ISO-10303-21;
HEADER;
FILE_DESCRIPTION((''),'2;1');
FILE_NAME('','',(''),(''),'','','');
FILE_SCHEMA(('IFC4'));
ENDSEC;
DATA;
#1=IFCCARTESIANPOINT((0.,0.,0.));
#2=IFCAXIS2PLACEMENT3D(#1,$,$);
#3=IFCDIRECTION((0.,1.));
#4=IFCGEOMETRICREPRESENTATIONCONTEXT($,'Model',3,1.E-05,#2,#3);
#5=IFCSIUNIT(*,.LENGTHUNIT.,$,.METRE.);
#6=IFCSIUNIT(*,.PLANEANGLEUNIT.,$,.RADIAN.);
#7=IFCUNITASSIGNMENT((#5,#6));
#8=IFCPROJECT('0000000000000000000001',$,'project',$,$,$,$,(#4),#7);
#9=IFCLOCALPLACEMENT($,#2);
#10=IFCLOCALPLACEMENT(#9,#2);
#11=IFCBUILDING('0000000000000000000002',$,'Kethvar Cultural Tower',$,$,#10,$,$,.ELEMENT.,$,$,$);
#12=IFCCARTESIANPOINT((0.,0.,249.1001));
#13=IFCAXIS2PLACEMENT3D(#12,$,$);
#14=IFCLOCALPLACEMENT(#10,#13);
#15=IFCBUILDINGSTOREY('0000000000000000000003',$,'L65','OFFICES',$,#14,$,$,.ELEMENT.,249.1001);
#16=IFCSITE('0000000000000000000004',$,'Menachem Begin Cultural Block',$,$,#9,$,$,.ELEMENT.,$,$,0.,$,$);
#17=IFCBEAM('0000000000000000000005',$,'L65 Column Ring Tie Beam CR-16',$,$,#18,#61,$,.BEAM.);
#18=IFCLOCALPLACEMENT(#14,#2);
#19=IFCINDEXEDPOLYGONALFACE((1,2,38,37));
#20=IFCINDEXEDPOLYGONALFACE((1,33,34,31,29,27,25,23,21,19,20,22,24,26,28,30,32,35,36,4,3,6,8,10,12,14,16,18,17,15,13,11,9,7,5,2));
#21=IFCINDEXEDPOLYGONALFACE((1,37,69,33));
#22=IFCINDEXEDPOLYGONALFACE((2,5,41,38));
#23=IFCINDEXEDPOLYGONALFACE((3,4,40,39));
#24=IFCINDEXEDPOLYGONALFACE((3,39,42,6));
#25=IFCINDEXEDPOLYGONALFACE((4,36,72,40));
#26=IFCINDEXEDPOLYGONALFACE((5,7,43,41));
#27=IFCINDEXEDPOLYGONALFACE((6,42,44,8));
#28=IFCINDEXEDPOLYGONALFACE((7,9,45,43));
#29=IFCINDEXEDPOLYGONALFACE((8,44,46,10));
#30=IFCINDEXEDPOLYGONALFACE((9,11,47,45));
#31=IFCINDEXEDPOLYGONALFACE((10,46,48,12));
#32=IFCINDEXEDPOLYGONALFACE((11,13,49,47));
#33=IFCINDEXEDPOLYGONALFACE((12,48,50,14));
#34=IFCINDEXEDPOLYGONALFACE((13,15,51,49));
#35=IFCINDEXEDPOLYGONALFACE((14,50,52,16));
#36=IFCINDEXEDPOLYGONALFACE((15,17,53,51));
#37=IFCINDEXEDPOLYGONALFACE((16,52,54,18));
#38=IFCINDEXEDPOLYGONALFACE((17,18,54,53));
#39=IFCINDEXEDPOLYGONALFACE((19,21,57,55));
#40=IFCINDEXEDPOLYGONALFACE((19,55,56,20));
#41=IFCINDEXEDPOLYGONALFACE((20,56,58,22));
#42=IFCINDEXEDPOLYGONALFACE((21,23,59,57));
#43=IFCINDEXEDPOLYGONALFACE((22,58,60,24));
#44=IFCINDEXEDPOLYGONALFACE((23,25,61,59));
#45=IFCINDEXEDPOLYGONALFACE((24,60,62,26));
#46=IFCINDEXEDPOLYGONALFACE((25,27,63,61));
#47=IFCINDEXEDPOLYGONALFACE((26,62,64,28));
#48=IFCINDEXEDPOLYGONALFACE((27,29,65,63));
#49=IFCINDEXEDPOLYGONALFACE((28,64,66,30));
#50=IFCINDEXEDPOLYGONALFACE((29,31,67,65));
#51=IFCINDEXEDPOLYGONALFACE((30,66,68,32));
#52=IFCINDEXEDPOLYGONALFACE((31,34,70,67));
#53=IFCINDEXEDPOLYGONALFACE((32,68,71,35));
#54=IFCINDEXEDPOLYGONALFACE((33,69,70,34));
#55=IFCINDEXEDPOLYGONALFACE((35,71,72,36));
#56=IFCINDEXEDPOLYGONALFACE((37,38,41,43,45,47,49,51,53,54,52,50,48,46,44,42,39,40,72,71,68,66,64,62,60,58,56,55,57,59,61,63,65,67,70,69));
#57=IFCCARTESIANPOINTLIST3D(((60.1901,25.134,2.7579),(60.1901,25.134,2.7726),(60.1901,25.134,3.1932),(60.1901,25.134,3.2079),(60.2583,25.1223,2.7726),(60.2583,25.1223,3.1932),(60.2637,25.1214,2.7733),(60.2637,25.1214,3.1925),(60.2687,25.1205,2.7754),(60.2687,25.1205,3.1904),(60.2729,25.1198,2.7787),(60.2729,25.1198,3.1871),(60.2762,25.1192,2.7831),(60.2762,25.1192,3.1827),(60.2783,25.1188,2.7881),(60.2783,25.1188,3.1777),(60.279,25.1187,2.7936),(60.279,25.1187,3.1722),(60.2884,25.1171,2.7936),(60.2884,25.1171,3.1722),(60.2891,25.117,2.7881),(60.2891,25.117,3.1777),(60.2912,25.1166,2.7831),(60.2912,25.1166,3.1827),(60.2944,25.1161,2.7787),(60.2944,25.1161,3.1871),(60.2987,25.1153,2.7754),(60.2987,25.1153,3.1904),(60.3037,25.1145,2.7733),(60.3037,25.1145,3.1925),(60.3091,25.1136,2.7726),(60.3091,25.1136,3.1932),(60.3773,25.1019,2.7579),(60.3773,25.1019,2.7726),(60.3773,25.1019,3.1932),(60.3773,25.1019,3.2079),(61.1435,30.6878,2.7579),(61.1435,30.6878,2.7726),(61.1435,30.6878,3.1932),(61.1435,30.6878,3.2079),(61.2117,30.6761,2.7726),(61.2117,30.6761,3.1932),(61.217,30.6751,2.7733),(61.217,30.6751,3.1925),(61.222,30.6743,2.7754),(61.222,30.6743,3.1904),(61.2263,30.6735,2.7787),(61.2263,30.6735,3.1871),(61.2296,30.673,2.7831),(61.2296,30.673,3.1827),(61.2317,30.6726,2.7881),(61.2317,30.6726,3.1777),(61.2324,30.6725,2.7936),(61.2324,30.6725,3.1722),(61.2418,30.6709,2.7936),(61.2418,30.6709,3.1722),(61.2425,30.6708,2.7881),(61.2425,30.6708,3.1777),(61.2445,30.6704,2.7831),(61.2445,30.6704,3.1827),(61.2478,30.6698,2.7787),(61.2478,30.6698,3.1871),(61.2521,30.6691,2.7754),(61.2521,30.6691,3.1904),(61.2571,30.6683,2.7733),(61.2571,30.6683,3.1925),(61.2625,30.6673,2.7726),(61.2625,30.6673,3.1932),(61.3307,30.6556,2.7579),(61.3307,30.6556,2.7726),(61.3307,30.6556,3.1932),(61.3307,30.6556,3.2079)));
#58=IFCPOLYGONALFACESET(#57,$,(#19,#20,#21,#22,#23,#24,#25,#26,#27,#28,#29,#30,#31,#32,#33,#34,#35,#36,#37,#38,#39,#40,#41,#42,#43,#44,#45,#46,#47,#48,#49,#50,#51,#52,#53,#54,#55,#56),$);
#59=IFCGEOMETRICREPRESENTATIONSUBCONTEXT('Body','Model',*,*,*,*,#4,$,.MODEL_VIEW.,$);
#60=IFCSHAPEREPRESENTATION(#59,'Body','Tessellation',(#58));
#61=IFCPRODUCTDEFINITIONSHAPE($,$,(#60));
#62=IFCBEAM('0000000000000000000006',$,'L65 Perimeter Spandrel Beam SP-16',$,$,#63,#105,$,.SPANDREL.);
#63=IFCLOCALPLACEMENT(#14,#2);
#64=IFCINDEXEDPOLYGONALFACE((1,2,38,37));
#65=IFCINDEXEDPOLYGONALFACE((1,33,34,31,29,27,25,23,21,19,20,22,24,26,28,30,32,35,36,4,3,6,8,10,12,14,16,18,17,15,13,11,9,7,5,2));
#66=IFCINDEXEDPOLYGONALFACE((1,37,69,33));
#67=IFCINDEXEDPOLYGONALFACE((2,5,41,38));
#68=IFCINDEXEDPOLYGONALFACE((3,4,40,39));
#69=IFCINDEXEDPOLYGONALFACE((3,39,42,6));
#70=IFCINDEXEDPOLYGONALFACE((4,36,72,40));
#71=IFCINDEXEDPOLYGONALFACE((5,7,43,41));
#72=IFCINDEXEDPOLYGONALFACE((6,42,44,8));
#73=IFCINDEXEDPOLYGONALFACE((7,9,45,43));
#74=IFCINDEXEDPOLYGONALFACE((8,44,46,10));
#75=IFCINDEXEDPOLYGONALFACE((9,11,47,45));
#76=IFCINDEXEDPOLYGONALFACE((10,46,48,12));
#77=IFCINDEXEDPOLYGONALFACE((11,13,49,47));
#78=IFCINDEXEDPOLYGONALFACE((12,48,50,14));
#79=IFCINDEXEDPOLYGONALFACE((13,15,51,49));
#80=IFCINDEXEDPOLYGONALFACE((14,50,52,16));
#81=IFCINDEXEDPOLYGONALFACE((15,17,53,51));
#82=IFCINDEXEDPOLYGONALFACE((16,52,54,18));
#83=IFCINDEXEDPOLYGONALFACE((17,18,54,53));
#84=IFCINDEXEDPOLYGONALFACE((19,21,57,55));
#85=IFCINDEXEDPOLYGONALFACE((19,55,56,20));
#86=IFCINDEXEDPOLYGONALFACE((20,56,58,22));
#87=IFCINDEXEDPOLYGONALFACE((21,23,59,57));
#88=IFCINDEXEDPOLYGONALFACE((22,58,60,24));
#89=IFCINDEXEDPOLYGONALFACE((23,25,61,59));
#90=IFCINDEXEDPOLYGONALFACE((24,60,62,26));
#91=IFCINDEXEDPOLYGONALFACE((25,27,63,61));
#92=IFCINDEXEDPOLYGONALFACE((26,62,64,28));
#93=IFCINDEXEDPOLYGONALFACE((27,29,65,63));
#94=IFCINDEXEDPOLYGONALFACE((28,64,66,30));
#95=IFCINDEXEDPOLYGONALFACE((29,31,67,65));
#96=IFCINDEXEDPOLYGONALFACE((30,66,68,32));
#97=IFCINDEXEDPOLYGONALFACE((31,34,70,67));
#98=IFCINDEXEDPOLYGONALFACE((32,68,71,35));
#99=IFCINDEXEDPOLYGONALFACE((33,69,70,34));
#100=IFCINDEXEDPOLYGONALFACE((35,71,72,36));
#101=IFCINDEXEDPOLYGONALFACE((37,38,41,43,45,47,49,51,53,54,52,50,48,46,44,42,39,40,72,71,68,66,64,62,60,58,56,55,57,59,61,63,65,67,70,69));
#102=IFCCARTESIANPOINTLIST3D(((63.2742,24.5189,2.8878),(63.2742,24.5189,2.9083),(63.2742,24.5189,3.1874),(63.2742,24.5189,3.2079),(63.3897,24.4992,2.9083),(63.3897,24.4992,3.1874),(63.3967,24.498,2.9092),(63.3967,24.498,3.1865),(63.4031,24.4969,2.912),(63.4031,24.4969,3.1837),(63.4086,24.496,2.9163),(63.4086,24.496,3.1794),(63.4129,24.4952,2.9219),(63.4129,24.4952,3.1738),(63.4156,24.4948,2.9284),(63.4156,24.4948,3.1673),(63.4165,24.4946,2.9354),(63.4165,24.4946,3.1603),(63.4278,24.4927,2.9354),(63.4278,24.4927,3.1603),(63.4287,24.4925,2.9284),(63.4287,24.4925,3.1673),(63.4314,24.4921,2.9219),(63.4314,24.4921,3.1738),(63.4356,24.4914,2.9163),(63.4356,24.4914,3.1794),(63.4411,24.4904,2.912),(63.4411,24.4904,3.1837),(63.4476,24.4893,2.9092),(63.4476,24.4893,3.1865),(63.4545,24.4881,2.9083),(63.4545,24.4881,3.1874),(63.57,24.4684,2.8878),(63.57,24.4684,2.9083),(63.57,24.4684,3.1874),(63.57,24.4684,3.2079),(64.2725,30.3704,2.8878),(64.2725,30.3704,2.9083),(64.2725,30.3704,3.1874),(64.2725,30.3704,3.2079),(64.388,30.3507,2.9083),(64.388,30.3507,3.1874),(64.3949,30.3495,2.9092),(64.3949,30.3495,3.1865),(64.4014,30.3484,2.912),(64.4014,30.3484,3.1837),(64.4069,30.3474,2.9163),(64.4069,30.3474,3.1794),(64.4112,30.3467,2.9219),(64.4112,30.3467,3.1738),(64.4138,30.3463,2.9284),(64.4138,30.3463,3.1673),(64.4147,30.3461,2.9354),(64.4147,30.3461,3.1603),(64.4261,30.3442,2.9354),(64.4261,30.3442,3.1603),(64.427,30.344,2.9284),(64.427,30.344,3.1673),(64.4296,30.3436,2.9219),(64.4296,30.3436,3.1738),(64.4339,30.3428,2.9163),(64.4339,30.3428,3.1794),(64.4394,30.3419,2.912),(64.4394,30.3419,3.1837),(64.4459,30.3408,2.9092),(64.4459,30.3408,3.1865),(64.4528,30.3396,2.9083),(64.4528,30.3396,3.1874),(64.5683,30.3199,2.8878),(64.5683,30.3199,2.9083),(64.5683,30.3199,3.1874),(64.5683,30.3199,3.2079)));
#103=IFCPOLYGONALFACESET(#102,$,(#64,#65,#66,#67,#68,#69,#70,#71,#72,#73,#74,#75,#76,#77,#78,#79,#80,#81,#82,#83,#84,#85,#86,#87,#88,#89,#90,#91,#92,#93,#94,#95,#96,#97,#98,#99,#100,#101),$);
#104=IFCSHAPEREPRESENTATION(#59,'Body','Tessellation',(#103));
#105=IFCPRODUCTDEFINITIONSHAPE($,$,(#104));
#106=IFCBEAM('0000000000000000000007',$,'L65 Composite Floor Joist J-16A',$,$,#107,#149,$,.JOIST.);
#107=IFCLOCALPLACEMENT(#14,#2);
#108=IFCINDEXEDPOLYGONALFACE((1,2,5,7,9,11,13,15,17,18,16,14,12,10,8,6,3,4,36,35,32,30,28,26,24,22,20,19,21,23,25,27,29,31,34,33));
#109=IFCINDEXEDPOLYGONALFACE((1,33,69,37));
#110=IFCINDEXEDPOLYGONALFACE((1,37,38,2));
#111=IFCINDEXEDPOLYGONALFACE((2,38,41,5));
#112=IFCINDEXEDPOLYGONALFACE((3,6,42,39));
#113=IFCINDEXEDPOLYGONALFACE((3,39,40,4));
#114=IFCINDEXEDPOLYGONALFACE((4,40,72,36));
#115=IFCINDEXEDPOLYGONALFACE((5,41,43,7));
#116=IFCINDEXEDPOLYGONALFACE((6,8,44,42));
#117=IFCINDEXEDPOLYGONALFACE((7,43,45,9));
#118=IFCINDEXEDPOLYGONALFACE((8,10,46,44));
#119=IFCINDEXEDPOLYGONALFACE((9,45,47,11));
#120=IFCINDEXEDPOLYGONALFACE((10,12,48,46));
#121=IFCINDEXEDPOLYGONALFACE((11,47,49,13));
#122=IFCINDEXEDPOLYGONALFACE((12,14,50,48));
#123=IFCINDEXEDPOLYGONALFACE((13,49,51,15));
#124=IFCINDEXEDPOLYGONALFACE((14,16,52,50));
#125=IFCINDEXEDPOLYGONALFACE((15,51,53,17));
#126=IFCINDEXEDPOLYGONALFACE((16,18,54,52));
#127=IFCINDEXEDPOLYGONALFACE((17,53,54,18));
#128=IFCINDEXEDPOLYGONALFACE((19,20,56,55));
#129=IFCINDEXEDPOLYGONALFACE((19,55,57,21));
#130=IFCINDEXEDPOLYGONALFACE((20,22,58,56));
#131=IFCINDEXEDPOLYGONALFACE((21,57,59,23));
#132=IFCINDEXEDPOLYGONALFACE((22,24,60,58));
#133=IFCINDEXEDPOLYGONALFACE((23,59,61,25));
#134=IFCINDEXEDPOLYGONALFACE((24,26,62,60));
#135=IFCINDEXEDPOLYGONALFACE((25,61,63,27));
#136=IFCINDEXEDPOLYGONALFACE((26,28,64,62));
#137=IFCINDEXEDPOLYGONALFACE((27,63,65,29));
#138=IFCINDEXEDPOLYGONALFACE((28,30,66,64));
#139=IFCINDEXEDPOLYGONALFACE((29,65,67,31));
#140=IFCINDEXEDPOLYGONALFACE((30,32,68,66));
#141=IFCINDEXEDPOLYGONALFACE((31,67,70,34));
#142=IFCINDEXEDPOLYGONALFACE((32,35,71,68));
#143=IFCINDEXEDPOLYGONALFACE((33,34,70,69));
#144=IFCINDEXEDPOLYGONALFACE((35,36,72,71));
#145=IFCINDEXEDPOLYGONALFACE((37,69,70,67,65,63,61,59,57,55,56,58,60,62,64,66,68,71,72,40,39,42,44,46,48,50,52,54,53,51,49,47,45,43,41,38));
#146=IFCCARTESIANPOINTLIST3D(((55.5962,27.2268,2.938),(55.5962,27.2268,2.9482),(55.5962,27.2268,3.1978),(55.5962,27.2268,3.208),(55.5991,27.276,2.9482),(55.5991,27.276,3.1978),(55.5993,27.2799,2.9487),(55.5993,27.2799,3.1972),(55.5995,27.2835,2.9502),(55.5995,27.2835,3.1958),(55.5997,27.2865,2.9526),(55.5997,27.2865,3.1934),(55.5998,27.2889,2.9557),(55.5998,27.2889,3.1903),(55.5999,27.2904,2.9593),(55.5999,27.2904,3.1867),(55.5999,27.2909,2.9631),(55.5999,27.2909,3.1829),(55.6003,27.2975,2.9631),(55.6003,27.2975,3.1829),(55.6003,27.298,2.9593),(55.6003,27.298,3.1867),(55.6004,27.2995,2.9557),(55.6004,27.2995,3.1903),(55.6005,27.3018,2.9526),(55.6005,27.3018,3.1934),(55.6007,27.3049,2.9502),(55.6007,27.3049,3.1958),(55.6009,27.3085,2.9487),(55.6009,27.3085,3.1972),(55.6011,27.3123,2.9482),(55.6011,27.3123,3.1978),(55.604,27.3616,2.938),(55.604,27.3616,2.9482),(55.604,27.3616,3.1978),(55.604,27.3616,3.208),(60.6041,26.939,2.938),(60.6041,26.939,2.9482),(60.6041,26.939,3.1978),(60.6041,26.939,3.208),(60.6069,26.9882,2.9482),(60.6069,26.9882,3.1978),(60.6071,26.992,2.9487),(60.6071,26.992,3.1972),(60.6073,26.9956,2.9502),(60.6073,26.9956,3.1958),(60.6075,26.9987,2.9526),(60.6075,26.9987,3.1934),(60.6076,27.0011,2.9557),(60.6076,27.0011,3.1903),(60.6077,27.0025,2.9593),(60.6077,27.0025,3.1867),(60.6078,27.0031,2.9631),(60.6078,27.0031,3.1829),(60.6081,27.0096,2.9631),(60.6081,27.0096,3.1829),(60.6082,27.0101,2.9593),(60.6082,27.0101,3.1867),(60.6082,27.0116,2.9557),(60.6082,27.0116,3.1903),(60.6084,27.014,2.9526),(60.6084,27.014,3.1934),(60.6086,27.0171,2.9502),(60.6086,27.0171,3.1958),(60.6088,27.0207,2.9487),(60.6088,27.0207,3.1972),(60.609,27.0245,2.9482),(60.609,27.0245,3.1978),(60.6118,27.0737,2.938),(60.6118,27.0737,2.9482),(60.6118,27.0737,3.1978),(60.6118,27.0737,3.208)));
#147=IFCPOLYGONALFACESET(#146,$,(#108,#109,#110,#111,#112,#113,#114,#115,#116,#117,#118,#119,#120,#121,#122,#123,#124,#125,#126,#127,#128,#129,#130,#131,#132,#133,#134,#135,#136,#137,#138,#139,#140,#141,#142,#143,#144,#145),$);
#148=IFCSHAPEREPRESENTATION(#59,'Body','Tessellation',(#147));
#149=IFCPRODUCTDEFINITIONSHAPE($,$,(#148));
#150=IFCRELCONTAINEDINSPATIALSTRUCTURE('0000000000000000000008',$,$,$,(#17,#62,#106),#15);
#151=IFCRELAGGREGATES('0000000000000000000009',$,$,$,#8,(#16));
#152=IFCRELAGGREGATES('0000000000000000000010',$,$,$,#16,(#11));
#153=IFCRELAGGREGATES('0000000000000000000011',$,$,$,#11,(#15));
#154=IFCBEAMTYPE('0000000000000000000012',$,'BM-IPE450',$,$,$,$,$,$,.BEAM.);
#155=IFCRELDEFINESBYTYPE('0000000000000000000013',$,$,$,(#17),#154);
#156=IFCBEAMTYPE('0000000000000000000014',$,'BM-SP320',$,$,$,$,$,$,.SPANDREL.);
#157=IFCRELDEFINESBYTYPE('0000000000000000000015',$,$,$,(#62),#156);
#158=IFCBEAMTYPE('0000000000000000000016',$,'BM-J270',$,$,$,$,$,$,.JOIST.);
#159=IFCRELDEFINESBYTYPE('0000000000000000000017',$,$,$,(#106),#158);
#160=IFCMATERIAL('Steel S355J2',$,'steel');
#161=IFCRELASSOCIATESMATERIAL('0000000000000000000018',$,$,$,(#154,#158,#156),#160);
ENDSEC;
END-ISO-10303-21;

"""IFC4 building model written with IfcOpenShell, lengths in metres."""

from ifc_helpers import new_model, si_unit, direction, frame, origin, origin_2d, place, context, subcontext, project, spatial, i_section, extrude, source, transform, mapped, material, material_profile, profile_set, type_object, element, save


model = new_model("IFC4")

# Units and contexts
model_context = context("Model", 3, precision=1e-05, world=origin(), true_north=direction((0.0, 1.0)))
body_context = subcontext(model_context, "Body", "Model", "MODEL_VIEW")
ifc_project = project(units=[si_unit("LENGTHUNIT", "METRE"), si_unit("PLANEANGLEUNIT", "RADIAN")], contexts=[model_context])

# Site, building, storey
site_placement = place(None, origin())
site = spatial("IfcSite", under=ifc_project, at=site_placement, Name="Menachem Begin Cultural Block", CompositionType="ELEMENT", RefElevation=0.0)
building_placement = place(site_placement, origin())
building = spatial("IfcBuilding", under=site, at=building_placement, Name="Kethvar Cultural Tower", CompositionType="ELEMENT")
storey_placement = place(building_placement, frame((0.0, 0.0, 249.1001)))
storey = spatial("IfcBuildingStorey", under=building, at=storey_placement, Name="L65", Description="OFFICES", CompositionType="ELEMENT", Elevation=249.1001)

# Beams
ifc_material_1 = material(Name="Steel S355J2", Category="steel")
ifc_material_profile_1 = material_profile(ifc_material_1, i_section(OverallWidth=0.1899, OverallDepth=0.45, WebThickness=0.0095, FlangeThickness=0.0146, FilletRadius=0.021, at=origin_2d()), Name="Steel S355J2 — IPE450")
ifc_profile_set_1 = profile_set([ifc_material_profile_1], Name="Steel S355J2 — IPE450")
beam_type_1 = type_object("IfcBeamType", Name="BM-IPE450", PredefinedType="BEAM", material=ifc_profile_set_1)
ifc_material_profile_2 = material_profile(ifc_material_1, i_section(OverallWidth=0.135, OverallDepth=0.27, WebThickness=0.0066, FlangeThickness=0.0103, FilletRadius=0.0149, at=origin_2d()), Name="Steel S355J2 — IPE270")
ifc_profile_set_2 = profile_set([ifc_material_profile_2], Name="Steel S355J2 — IPE270")
beam_type_2 = type_object("IfcBeamType", Name="BM-J270", PredefinedType="JOIST", material=ifc_profile_set_2)
shared_shape_1 = source(origin(), body_context, "Body", "SweptSolid", [
    extrude(i_section(OverallWidth=0.1899, OverallDepth=0.45, WebThickness=0.0095, FlangeThickness=0.0146, FilletRadius=0.021, at=origin_2d()), origin(), (0.0, 0.0, 1.0), 5.635),
])
beam_1_placement = place(storey_placement, frame((60.2837, 25.1179, 2.9829), z_axis=(0.169189, 0.985584, 0.0), x_axis=(-0.985584, 0.169189, 0.0)))
element("IfcBeam", 1, at=beam_1_placement, inside=storey, type_object=beam_type_1, Name="L65 Column Ring Tie Beam CR-16", PredefinedType="BEAM", context=body_context, shape_type="MappedRepresentation", body=[
    mapped(shared_shape_1, transform((0.0, 0.0, 0.0), scale=1.0)),
])
ifc_material_profile_3 = material_profile(ifc_material_1, i_section(OverallWidth=0.3, OverallDepth=0.3201, WebThickness=0.0115, FlangeThickness=0.0205, FilletRadius=0.0271, at=origin_2d()), Name="Steel S355J2 — HEB320")
ifc_profile_set_3 = profile_set([ifc_material_profile_3], Name="Steel S355J2 — HEB320")
beam_type_3 = type_object("IfcBeamType", Name="BM-SP320", PredefinedType="SPANDREL", material=ifc_profile_set_3)
shared_shape_2 = source(origin(), body_context, "Body", "SweptSolid", [
    extrude(i_section(OverallWidth=0.3, OverallDepth=0.3201, WebThickness=0.0115, FlangeThickness=0.0205, FilletRadius=0.0271, at=origin_2d()), origin(), (0.0, 0.0, 1.0), 5.936),
])
beam_2_placement = place(storey_placement, frame((63.4221, 24.4937, 3.0479), z_axis=(0.168173, 0.985758, 0.0), x_axis=(-0.985758, 0.168173, 0.0)))
element("IfcBeam", 2, at=beam_2_placement, inside=storey, type_object=beam_type_3, Name="L65 Perimeter Spandrel Beam SP-16", PredefinedType="SPANDREL", context=body_context, shape_type="MappedRepresentation", body=[
    mapped(shared_shape_2, transform((0.0, 0.0, 0.0), scale=1.0)),
])
shared_shape_3 = source(origin(), body_context, "Body", "SweptSolid", [
    extrude(i_section(OverallWidth=0.135, OverallDepth=0.27, WebThickness=0.0066, FlangeThickness=0.0103, FilletRadius=0.0149, at=origin_2d()), origin(), (0.0, 0.0, 1.0), 5.0161),
])
beam_3_placement = place(storey_placement, frame((55.6001, 27.2942, 3.073), z_axis=(0.998352, -0.057384, 0.0), x_axis=(0.057384, 0.998352, 0.0)))
element("IfcBeam", 3, at=beam_3_placement, inside=storey, type_object=beam_type_2, Name="L65 Composite Floor Joist J-16A", PredefinedType="JOIST", context=body_context, shape_type="MappedRepresentation", body=[
    mapped(shared_shape_3, transform((0.0, 0.0, 0.0), scale=1.0)),
])

save(model, "model.ifc")
